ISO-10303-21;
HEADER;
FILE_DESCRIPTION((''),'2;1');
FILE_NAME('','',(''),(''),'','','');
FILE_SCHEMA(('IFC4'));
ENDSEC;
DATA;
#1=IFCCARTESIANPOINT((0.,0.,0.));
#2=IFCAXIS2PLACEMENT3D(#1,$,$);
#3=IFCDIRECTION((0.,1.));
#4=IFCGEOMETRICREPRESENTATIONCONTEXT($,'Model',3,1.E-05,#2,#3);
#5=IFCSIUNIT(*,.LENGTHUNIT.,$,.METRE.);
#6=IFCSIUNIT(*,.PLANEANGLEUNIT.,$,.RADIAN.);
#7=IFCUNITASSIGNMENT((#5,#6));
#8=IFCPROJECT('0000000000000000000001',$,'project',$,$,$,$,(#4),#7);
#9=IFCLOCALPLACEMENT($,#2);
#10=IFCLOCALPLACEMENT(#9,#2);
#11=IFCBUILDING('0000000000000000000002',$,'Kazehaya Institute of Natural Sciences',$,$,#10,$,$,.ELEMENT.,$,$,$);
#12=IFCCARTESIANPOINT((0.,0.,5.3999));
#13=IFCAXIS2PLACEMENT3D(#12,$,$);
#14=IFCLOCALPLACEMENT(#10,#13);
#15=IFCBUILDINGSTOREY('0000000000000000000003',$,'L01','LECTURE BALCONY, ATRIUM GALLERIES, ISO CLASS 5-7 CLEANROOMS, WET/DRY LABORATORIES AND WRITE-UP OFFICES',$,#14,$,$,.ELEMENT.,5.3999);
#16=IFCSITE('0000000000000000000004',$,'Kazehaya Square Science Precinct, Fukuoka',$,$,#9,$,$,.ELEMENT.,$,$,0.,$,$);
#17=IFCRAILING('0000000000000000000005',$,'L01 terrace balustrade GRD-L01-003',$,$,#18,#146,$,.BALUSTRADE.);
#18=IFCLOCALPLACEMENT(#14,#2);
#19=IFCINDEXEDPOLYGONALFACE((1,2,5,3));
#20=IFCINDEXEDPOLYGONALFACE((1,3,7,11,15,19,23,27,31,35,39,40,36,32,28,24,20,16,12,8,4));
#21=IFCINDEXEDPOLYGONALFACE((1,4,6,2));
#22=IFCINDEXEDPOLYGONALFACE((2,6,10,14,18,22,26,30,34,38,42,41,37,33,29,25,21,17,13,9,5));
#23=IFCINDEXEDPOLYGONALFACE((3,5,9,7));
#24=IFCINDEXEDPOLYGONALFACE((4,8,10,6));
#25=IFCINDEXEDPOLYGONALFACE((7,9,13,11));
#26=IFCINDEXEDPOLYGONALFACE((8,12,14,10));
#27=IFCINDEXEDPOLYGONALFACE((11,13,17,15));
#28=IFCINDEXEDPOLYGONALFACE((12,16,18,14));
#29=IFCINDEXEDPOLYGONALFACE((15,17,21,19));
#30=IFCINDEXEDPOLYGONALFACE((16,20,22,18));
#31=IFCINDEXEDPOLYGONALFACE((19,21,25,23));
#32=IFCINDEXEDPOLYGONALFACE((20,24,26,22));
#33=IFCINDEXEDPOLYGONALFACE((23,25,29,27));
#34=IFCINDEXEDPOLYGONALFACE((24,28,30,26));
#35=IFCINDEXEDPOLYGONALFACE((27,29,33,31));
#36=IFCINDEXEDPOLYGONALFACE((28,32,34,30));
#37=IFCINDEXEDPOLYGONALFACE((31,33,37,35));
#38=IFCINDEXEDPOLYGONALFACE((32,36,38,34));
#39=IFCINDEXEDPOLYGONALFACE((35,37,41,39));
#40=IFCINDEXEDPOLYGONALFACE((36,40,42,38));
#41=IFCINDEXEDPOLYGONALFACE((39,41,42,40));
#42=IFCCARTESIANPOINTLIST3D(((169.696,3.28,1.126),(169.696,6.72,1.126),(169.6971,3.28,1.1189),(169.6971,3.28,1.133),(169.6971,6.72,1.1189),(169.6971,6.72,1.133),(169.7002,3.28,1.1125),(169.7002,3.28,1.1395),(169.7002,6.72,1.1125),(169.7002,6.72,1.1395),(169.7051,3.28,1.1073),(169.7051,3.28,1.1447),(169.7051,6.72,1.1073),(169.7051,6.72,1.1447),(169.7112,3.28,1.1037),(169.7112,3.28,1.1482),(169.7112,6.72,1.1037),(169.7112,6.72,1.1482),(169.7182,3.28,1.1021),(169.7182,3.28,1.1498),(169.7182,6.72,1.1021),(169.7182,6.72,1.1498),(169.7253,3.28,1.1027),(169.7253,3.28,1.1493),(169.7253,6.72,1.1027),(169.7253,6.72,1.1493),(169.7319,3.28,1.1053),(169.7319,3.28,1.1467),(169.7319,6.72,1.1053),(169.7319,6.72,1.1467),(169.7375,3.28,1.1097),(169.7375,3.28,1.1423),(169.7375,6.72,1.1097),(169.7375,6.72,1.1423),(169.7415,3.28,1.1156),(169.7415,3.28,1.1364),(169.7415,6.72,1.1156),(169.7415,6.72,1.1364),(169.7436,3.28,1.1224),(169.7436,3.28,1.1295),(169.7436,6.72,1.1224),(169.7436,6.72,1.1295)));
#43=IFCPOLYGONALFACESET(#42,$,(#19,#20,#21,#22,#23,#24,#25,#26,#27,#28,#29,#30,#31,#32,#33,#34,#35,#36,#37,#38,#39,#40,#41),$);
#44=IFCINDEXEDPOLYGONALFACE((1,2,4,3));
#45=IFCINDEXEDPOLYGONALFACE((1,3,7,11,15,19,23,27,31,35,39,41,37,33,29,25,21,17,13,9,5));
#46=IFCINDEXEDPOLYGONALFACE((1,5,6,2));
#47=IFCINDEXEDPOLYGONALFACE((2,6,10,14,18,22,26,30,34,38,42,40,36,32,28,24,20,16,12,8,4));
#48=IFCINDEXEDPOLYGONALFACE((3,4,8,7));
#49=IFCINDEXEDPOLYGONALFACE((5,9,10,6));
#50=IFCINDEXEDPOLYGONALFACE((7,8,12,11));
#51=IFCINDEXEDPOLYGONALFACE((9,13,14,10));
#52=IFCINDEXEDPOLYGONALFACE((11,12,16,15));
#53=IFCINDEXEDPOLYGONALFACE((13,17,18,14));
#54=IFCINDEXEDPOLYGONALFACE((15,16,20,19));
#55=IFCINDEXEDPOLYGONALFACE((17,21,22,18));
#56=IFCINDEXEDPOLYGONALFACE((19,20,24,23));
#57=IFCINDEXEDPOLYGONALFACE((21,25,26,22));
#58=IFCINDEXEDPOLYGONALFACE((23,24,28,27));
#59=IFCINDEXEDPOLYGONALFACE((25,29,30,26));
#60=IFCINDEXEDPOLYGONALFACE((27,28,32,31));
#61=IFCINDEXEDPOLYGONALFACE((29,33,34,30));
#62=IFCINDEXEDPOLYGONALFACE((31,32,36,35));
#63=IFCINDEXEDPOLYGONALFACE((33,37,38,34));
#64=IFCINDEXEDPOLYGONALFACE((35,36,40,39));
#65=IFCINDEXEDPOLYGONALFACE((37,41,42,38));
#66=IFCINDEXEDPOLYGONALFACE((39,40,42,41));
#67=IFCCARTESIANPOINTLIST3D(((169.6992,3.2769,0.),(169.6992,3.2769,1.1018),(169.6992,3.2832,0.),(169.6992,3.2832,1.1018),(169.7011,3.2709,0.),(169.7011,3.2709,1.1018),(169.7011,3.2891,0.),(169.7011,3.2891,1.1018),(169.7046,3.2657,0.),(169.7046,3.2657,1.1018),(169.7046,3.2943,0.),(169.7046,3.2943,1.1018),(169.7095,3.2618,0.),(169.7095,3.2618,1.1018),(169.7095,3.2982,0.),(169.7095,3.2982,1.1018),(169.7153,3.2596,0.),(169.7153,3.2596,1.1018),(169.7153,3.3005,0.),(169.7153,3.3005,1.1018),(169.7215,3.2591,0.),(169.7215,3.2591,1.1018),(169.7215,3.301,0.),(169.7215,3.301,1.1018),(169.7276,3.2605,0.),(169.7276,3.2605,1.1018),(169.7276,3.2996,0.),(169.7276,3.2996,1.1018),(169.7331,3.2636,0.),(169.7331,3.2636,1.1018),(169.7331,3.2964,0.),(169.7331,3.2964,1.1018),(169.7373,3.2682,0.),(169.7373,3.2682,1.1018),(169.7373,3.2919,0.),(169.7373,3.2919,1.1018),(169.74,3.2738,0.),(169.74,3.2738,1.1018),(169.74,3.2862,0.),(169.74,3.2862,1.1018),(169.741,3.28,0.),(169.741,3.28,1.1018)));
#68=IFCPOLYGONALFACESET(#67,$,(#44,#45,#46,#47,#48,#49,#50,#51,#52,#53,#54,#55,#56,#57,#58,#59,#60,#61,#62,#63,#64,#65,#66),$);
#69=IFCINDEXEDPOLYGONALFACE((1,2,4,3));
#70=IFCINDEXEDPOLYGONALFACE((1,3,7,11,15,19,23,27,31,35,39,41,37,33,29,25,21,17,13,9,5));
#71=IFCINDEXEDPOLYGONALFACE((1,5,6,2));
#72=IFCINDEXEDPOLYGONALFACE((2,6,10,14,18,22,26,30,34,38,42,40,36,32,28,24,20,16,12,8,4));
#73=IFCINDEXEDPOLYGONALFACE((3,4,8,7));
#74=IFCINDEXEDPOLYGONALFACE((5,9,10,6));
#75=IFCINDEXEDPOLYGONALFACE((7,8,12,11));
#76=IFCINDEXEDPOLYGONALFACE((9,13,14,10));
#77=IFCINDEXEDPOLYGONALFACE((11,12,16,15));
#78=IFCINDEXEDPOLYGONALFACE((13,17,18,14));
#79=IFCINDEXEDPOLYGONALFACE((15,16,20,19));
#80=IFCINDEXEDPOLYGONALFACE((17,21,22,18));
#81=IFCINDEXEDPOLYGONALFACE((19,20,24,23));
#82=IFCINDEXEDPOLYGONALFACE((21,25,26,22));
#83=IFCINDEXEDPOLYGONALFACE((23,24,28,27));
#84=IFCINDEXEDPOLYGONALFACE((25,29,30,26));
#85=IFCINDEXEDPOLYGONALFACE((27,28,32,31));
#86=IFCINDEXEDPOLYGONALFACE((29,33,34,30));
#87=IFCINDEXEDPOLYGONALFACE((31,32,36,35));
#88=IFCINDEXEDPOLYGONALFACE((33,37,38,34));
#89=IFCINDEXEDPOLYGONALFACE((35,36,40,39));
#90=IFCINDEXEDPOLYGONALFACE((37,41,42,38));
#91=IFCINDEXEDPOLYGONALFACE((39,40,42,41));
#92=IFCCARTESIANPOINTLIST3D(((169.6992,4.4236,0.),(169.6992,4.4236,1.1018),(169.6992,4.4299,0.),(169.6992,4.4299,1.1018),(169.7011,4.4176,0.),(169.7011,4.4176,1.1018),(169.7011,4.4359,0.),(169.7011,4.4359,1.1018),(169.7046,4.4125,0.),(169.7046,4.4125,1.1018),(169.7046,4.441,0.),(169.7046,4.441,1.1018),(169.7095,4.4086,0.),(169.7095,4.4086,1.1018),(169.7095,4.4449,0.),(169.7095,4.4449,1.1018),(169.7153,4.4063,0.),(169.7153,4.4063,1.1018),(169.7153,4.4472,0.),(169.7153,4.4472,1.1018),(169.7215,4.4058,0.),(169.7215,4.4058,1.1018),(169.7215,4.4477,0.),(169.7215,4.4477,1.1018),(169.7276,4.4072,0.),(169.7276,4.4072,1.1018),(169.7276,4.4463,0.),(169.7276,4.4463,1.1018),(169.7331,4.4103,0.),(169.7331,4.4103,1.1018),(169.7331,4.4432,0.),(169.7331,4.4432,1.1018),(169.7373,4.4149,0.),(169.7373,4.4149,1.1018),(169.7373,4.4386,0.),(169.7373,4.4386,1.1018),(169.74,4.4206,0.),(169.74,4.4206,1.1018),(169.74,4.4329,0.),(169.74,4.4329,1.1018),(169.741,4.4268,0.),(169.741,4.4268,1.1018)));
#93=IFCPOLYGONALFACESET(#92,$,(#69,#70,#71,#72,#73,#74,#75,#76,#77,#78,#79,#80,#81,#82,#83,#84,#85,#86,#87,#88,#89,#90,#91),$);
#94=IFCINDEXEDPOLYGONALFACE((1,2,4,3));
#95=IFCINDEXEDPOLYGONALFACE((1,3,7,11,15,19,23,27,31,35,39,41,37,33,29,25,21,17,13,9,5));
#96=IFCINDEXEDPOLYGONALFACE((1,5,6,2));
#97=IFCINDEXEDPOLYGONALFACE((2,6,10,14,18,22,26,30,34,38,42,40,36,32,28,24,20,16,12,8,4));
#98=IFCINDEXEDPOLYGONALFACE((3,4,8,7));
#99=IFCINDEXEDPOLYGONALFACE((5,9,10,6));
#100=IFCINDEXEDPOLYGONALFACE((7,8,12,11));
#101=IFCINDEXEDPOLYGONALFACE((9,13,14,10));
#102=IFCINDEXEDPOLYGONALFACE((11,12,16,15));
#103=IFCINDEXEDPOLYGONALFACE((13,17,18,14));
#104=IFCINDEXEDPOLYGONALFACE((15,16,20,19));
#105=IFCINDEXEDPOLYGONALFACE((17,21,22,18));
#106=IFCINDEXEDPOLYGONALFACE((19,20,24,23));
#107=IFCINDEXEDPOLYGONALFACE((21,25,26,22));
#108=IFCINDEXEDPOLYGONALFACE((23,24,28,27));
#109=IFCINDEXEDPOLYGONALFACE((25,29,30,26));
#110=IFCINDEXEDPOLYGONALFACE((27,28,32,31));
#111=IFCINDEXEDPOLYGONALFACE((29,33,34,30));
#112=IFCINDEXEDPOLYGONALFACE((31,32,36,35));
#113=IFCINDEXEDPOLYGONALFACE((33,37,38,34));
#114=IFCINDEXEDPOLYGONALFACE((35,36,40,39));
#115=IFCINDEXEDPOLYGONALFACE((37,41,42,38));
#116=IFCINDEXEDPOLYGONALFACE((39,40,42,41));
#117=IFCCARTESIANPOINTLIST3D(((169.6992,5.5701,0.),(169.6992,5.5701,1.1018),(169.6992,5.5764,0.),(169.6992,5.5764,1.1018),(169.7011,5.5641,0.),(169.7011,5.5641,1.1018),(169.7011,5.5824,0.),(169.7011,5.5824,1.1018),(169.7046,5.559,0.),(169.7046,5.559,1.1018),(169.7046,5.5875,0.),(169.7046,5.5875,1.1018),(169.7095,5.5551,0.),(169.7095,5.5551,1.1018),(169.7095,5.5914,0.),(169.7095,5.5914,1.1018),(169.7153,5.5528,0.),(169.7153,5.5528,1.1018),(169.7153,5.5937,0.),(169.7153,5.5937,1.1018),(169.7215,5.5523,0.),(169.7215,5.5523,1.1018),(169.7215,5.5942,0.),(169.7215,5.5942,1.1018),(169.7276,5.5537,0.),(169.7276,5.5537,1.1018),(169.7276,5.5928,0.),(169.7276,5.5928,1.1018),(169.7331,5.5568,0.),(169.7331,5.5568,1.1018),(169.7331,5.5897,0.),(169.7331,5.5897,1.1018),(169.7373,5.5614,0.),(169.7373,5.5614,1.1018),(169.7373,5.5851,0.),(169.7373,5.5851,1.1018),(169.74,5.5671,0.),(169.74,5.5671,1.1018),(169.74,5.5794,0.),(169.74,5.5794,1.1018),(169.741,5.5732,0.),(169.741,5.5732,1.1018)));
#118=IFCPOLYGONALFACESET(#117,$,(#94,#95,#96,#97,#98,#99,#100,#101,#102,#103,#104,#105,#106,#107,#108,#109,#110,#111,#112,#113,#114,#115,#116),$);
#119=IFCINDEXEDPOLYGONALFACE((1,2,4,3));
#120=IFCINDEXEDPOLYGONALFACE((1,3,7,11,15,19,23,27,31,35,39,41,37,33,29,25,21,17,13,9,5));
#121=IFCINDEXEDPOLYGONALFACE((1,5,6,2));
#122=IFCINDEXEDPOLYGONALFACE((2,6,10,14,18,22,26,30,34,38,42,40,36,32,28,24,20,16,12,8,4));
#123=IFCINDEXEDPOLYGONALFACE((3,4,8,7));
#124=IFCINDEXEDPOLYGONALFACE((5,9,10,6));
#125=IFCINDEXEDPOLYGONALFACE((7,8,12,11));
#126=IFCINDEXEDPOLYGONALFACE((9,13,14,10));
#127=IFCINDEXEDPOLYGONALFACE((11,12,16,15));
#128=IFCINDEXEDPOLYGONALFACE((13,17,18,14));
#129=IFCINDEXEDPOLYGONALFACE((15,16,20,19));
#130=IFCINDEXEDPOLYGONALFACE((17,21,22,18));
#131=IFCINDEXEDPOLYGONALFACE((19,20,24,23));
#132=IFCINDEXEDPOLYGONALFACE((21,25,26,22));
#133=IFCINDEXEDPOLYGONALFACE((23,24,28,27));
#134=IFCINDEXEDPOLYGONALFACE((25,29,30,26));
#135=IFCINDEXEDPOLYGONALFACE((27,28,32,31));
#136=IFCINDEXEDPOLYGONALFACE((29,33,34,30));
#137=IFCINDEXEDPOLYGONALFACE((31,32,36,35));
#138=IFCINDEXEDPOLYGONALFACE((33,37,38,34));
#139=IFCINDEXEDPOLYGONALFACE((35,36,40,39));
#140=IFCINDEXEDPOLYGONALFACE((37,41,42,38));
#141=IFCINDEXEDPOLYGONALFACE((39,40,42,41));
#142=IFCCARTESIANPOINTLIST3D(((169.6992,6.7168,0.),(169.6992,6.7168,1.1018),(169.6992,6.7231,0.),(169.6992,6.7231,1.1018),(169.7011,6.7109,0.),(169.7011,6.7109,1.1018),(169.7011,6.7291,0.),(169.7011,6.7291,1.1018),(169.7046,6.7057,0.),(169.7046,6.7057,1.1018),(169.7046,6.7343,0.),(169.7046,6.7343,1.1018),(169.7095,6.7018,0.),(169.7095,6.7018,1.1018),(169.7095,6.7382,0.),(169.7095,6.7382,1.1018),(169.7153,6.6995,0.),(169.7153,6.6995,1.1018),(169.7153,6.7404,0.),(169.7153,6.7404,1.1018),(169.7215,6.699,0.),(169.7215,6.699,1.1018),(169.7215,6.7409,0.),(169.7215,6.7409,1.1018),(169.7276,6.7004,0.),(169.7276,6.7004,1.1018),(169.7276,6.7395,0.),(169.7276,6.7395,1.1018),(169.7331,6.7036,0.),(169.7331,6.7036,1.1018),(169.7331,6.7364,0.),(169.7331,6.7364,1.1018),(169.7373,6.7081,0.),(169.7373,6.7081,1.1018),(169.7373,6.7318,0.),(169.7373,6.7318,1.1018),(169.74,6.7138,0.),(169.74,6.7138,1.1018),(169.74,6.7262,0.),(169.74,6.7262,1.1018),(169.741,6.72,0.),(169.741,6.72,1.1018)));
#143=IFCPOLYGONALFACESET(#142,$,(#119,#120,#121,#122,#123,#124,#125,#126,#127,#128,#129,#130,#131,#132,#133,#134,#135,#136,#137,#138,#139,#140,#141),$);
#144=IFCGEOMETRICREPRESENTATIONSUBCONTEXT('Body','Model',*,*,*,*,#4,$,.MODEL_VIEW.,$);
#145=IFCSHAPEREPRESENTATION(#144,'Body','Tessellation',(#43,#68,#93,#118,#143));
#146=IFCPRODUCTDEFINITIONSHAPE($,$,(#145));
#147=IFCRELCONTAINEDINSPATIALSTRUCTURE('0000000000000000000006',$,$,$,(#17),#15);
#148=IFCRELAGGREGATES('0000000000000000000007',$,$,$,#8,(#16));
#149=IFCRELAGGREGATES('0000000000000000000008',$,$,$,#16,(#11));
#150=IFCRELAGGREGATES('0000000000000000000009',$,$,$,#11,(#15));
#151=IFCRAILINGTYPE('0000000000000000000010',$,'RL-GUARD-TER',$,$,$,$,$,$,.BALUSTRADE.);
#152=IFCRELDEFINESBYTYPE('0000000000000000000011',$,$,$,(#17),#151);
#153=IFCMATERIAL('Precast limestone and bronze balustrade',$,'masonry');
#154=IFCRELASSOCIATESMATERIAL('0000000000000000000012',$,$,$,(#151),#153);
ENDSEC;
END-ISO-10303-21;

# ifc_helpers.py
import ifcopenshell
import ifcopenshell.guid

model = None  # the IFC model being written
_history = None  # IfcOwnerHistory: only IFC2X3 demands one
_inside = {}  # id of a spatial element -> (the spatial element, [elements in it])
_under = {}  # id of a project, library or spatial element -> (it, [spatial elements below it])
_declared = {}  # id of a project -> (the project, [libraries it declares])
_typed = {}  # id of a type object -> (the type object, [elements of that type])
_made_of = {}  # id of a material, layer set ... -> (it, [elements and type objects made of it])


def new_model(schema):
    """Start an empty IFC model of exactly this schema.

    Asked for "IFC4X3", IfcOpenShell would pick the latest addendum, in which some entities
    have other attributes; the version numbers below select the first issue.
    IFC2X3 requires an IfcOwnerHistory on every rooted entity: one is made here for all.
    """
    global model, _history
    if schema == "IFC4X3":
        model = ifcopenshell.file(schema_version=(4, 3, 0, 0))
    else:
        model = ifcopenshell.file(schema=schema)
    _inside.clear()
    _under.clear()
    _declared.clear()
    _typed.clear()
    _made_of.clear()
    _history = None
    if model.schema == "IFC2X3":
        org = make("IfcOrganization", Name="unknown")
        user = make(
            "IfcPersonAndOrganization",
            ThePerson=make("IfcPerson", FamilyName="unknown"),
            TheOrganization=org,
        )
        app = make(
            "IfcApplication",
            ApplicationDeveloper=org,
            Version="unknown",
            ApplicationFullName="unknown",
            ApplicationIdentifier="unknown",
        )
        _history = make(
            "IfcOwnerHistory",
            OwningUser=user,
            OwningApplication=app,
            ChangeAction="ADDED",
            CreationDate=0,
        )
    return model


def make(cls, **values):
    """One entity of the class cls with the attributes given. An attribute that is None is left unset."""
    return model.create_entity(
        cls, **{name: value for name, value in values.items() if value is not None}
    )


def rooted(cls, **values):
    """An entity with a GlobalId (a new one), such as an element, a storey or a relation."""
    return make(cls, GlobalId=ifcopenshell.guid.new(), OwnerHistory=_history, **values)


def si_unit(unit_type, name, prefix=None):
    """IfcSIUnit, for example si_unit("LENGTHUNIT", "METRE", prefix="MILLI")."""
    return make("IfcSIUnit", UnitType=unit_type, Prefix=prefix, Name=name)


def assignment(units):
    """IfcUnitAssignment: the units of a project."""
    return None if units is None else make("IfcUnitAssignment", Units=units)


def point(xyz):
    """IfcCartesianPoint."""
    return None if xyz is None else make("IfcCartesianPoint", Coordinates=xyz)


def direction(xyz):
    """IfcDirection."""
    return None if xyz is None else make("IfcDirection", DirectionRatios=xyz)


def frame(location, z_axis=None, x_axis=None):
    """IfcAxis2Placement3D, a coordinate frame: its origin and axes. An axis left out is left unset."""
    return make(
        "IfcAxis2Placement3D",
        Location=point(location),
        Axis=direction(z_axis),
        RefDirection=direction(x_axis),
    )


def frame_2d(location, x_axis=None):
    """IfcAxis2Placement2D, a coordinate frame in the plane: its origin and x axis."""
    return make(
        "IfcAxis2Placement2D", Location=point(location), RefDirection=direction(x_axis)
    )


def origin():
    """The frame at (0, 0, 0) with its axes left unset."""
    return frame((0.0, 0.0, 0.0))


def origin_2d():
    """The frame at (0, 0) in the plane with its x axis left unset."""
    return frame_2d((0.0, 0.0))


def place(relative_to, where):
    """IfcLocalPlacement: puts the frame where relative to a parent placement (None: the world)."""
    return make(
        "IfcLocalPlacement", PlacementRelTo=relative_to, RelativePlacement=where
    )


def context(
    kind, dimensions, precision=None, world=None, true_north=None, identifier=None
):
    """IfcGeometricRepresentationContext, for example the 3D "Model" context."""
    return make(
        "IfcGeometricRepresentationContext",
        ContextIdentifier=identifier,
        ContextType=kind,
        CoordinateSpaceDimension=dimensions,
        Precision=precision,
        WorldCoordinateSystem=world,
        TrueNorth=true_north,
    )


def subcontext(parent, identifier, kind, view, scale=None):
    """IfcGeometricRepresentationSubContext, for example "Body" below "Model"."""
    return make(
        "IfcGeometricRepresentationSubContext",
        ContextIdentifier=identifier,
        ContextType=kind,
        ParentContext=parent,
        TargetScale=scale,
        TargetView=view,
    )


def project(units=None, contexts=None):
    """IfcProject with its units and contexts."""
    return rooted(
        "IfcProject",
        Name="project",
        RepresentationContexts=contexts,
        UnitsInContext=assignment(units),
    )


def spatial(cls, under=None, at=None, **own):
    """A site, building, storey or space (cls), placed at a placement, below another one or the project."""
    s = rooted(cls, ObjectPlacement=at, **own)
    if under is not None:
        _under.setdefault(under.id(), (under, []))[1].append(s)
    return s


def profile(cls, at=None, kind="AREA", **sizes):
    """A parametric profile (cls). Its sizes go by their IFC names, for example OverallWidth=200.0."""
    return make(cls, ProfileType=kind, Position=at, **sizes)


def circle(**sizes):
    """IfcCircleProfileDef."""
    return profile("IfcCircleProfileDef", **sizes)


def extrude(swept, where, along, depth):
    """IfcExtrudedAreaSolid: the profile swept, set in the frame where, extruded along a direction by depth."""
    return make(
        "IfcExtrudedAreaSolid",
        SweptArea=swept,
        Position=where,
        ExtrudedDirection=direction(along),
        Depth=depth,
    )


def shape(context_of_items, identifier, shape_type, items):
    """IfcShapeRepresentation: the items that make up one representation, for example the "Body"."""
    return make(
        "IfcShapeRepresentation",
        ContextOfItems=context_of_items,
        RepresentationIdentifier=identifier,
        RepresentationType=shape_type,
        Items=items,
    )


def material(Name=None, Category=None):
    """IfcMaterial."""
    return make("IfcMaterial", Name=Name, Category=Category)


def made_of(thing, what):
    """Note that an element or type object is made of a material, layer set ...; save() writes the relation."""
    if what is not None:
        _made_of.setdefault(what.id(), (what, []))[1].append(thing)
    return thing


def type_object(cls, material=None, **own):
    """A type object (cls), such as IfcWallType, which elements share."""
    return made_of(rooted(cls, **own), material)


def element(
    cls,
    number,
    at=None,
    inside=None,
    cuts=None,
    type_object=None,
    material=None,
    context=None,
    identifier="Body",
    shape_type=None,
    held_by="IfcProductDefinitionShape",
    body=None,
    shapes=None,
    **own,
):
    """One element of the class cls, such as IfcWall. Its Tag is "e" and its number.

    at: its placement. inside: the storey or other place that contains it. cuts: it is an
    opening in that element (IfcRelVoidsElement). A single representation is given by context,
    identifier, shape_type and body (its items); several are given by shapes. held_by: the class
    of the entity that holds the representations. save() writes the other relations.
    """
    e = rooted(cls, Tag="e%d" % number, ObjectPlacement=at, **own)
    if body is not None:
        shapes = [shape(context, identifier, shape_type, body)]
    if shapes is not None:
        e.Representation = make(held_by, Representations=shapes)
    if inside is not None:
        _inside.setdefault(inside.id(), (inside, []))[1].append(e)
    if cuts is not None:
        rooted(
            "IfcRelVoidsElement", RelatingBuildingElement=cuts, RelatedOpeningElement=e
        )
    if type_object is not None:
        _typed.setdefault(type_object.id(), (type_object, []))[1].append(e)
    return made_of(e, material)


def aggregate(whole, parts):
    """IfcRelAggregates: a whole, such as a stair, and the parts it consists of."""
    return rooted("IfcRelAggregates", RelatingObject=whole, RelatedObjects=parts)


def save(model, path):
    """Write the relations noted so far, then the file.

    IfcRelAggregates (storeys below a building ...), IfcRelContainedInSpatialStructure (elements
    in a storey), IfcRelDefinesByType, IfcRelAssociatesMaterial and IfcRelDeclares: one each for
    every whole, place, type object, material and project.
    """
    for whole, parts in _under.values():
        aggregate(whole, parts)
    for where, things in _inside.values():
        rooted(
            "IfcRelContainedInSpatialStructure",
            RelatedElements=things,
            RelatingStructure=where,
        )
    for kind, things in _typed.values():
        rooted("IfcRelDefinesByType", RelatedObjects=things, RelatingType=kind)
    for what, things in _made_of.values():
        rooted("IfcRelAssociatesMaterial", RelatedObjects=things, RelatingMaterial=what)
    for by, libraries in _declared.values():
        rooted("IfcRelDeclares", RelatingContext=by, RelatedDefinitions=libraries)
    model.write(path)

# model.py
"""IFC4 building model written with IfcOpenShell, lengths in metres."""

from ifc_helpers import new_model, si_unit, direction, frame, origin, origin_2d, place, context, subcontext, project, spatial, circle, extrude, material, type_object, element, save


model = new_model("IFC4")

# Units and contexts
model_context = context("Model", 3, precision=1e-05, world=origin(), true_north=direction((0.0, 1.0)))
body_context = subcontext(model_context, "Body", "Model", "MODEL_VIEW")
ifc_project = project(units=[si_unit("LENGTHUNIT", "METRE"), si_unit("PLANEANGLEUNIT", "RADIAN")], contexts=[model_context])

# Site, building, storey
site_placement = place(None, origin())
site = spatial("IfcSite", under=ifc_project, at=site_placement, Name="Kazehaya Square Science Precinct, Fukuoka", CompositionType="ELEMENT", RefElevation=0.0)
building_placement = place(site_placement, origin())
building = spatial("IfcBuilding", under=site, at=building_placement, Name="Kazehaya Institute of Natural Sciences", CompositionType="ELEMENT")
storey_placement = place(building_placement, frame((0.0, 0.0, 5.3999)))
storey = spatial("IfcBuildingStorey", under=building, at=storey_placement, Name="L01", Description="LECTURE BALCONY, ATRIUM GALLERIES, ISO CLASS 5-7 CLEANROOMS, WET/DRY LABORATORIES AND WRITE-UP OFFICES", CompositionType="ELEMENT", Elevation=5.3999)

# Railing
ifc_material_1 = material(Name="Precast limestone and bronze balustrade", Category="masonry")
railing_type_1 = type_object("IfcRailingType", Name="RL-GUARD-TER", PredefinedType="BALUSTRADE", material=ifc_material_1)
railing_1_placement = place(storey_placement, frame((169.72, 3.28, 0.0)))
element("IfcRailing", 1, at=railing_1_placement, inside=storey, type_object=railing_type_1, Name="L01 terrace balustrade GRD-L01-003", PredefinedType="BALUSTRADE", context=body_context, shape_type="SweptSolid", body=[
    extrude(circle(Radius=0.0239, at=origin_2d()), frame((0.0, 0.0, 1.126), z_axis=(0.0, 1.0, 0.0), x_axis=(-1.0, 0.0, 0.0)), (0.0, 0.0, 1.0), 3.4399),
    extrude(circle(Radius=0.021, at=origin_2d()), origin(), (0.0, 0.0, 1.0), 1.1018),
    extrude(circle(Radius=0.021, at=origin_2d()), frame((0.0, 1.1467, 0.0)), (0.0, 0.0, 1.0), 1.1018),
    extrude(circle(Radius=0.021, at=origin_2d()), frame((0.0, 2.2932, 0.0)), (0.0, 0.0, 1.0), 1.1018),
    extrude(circle(Radius=0.021, at=origin_2d()), frame((0.0, 3.4399, 0.0)), (0.0, 0.0, 1.0), 1.1018),
])

save(model, "model.ifc")
